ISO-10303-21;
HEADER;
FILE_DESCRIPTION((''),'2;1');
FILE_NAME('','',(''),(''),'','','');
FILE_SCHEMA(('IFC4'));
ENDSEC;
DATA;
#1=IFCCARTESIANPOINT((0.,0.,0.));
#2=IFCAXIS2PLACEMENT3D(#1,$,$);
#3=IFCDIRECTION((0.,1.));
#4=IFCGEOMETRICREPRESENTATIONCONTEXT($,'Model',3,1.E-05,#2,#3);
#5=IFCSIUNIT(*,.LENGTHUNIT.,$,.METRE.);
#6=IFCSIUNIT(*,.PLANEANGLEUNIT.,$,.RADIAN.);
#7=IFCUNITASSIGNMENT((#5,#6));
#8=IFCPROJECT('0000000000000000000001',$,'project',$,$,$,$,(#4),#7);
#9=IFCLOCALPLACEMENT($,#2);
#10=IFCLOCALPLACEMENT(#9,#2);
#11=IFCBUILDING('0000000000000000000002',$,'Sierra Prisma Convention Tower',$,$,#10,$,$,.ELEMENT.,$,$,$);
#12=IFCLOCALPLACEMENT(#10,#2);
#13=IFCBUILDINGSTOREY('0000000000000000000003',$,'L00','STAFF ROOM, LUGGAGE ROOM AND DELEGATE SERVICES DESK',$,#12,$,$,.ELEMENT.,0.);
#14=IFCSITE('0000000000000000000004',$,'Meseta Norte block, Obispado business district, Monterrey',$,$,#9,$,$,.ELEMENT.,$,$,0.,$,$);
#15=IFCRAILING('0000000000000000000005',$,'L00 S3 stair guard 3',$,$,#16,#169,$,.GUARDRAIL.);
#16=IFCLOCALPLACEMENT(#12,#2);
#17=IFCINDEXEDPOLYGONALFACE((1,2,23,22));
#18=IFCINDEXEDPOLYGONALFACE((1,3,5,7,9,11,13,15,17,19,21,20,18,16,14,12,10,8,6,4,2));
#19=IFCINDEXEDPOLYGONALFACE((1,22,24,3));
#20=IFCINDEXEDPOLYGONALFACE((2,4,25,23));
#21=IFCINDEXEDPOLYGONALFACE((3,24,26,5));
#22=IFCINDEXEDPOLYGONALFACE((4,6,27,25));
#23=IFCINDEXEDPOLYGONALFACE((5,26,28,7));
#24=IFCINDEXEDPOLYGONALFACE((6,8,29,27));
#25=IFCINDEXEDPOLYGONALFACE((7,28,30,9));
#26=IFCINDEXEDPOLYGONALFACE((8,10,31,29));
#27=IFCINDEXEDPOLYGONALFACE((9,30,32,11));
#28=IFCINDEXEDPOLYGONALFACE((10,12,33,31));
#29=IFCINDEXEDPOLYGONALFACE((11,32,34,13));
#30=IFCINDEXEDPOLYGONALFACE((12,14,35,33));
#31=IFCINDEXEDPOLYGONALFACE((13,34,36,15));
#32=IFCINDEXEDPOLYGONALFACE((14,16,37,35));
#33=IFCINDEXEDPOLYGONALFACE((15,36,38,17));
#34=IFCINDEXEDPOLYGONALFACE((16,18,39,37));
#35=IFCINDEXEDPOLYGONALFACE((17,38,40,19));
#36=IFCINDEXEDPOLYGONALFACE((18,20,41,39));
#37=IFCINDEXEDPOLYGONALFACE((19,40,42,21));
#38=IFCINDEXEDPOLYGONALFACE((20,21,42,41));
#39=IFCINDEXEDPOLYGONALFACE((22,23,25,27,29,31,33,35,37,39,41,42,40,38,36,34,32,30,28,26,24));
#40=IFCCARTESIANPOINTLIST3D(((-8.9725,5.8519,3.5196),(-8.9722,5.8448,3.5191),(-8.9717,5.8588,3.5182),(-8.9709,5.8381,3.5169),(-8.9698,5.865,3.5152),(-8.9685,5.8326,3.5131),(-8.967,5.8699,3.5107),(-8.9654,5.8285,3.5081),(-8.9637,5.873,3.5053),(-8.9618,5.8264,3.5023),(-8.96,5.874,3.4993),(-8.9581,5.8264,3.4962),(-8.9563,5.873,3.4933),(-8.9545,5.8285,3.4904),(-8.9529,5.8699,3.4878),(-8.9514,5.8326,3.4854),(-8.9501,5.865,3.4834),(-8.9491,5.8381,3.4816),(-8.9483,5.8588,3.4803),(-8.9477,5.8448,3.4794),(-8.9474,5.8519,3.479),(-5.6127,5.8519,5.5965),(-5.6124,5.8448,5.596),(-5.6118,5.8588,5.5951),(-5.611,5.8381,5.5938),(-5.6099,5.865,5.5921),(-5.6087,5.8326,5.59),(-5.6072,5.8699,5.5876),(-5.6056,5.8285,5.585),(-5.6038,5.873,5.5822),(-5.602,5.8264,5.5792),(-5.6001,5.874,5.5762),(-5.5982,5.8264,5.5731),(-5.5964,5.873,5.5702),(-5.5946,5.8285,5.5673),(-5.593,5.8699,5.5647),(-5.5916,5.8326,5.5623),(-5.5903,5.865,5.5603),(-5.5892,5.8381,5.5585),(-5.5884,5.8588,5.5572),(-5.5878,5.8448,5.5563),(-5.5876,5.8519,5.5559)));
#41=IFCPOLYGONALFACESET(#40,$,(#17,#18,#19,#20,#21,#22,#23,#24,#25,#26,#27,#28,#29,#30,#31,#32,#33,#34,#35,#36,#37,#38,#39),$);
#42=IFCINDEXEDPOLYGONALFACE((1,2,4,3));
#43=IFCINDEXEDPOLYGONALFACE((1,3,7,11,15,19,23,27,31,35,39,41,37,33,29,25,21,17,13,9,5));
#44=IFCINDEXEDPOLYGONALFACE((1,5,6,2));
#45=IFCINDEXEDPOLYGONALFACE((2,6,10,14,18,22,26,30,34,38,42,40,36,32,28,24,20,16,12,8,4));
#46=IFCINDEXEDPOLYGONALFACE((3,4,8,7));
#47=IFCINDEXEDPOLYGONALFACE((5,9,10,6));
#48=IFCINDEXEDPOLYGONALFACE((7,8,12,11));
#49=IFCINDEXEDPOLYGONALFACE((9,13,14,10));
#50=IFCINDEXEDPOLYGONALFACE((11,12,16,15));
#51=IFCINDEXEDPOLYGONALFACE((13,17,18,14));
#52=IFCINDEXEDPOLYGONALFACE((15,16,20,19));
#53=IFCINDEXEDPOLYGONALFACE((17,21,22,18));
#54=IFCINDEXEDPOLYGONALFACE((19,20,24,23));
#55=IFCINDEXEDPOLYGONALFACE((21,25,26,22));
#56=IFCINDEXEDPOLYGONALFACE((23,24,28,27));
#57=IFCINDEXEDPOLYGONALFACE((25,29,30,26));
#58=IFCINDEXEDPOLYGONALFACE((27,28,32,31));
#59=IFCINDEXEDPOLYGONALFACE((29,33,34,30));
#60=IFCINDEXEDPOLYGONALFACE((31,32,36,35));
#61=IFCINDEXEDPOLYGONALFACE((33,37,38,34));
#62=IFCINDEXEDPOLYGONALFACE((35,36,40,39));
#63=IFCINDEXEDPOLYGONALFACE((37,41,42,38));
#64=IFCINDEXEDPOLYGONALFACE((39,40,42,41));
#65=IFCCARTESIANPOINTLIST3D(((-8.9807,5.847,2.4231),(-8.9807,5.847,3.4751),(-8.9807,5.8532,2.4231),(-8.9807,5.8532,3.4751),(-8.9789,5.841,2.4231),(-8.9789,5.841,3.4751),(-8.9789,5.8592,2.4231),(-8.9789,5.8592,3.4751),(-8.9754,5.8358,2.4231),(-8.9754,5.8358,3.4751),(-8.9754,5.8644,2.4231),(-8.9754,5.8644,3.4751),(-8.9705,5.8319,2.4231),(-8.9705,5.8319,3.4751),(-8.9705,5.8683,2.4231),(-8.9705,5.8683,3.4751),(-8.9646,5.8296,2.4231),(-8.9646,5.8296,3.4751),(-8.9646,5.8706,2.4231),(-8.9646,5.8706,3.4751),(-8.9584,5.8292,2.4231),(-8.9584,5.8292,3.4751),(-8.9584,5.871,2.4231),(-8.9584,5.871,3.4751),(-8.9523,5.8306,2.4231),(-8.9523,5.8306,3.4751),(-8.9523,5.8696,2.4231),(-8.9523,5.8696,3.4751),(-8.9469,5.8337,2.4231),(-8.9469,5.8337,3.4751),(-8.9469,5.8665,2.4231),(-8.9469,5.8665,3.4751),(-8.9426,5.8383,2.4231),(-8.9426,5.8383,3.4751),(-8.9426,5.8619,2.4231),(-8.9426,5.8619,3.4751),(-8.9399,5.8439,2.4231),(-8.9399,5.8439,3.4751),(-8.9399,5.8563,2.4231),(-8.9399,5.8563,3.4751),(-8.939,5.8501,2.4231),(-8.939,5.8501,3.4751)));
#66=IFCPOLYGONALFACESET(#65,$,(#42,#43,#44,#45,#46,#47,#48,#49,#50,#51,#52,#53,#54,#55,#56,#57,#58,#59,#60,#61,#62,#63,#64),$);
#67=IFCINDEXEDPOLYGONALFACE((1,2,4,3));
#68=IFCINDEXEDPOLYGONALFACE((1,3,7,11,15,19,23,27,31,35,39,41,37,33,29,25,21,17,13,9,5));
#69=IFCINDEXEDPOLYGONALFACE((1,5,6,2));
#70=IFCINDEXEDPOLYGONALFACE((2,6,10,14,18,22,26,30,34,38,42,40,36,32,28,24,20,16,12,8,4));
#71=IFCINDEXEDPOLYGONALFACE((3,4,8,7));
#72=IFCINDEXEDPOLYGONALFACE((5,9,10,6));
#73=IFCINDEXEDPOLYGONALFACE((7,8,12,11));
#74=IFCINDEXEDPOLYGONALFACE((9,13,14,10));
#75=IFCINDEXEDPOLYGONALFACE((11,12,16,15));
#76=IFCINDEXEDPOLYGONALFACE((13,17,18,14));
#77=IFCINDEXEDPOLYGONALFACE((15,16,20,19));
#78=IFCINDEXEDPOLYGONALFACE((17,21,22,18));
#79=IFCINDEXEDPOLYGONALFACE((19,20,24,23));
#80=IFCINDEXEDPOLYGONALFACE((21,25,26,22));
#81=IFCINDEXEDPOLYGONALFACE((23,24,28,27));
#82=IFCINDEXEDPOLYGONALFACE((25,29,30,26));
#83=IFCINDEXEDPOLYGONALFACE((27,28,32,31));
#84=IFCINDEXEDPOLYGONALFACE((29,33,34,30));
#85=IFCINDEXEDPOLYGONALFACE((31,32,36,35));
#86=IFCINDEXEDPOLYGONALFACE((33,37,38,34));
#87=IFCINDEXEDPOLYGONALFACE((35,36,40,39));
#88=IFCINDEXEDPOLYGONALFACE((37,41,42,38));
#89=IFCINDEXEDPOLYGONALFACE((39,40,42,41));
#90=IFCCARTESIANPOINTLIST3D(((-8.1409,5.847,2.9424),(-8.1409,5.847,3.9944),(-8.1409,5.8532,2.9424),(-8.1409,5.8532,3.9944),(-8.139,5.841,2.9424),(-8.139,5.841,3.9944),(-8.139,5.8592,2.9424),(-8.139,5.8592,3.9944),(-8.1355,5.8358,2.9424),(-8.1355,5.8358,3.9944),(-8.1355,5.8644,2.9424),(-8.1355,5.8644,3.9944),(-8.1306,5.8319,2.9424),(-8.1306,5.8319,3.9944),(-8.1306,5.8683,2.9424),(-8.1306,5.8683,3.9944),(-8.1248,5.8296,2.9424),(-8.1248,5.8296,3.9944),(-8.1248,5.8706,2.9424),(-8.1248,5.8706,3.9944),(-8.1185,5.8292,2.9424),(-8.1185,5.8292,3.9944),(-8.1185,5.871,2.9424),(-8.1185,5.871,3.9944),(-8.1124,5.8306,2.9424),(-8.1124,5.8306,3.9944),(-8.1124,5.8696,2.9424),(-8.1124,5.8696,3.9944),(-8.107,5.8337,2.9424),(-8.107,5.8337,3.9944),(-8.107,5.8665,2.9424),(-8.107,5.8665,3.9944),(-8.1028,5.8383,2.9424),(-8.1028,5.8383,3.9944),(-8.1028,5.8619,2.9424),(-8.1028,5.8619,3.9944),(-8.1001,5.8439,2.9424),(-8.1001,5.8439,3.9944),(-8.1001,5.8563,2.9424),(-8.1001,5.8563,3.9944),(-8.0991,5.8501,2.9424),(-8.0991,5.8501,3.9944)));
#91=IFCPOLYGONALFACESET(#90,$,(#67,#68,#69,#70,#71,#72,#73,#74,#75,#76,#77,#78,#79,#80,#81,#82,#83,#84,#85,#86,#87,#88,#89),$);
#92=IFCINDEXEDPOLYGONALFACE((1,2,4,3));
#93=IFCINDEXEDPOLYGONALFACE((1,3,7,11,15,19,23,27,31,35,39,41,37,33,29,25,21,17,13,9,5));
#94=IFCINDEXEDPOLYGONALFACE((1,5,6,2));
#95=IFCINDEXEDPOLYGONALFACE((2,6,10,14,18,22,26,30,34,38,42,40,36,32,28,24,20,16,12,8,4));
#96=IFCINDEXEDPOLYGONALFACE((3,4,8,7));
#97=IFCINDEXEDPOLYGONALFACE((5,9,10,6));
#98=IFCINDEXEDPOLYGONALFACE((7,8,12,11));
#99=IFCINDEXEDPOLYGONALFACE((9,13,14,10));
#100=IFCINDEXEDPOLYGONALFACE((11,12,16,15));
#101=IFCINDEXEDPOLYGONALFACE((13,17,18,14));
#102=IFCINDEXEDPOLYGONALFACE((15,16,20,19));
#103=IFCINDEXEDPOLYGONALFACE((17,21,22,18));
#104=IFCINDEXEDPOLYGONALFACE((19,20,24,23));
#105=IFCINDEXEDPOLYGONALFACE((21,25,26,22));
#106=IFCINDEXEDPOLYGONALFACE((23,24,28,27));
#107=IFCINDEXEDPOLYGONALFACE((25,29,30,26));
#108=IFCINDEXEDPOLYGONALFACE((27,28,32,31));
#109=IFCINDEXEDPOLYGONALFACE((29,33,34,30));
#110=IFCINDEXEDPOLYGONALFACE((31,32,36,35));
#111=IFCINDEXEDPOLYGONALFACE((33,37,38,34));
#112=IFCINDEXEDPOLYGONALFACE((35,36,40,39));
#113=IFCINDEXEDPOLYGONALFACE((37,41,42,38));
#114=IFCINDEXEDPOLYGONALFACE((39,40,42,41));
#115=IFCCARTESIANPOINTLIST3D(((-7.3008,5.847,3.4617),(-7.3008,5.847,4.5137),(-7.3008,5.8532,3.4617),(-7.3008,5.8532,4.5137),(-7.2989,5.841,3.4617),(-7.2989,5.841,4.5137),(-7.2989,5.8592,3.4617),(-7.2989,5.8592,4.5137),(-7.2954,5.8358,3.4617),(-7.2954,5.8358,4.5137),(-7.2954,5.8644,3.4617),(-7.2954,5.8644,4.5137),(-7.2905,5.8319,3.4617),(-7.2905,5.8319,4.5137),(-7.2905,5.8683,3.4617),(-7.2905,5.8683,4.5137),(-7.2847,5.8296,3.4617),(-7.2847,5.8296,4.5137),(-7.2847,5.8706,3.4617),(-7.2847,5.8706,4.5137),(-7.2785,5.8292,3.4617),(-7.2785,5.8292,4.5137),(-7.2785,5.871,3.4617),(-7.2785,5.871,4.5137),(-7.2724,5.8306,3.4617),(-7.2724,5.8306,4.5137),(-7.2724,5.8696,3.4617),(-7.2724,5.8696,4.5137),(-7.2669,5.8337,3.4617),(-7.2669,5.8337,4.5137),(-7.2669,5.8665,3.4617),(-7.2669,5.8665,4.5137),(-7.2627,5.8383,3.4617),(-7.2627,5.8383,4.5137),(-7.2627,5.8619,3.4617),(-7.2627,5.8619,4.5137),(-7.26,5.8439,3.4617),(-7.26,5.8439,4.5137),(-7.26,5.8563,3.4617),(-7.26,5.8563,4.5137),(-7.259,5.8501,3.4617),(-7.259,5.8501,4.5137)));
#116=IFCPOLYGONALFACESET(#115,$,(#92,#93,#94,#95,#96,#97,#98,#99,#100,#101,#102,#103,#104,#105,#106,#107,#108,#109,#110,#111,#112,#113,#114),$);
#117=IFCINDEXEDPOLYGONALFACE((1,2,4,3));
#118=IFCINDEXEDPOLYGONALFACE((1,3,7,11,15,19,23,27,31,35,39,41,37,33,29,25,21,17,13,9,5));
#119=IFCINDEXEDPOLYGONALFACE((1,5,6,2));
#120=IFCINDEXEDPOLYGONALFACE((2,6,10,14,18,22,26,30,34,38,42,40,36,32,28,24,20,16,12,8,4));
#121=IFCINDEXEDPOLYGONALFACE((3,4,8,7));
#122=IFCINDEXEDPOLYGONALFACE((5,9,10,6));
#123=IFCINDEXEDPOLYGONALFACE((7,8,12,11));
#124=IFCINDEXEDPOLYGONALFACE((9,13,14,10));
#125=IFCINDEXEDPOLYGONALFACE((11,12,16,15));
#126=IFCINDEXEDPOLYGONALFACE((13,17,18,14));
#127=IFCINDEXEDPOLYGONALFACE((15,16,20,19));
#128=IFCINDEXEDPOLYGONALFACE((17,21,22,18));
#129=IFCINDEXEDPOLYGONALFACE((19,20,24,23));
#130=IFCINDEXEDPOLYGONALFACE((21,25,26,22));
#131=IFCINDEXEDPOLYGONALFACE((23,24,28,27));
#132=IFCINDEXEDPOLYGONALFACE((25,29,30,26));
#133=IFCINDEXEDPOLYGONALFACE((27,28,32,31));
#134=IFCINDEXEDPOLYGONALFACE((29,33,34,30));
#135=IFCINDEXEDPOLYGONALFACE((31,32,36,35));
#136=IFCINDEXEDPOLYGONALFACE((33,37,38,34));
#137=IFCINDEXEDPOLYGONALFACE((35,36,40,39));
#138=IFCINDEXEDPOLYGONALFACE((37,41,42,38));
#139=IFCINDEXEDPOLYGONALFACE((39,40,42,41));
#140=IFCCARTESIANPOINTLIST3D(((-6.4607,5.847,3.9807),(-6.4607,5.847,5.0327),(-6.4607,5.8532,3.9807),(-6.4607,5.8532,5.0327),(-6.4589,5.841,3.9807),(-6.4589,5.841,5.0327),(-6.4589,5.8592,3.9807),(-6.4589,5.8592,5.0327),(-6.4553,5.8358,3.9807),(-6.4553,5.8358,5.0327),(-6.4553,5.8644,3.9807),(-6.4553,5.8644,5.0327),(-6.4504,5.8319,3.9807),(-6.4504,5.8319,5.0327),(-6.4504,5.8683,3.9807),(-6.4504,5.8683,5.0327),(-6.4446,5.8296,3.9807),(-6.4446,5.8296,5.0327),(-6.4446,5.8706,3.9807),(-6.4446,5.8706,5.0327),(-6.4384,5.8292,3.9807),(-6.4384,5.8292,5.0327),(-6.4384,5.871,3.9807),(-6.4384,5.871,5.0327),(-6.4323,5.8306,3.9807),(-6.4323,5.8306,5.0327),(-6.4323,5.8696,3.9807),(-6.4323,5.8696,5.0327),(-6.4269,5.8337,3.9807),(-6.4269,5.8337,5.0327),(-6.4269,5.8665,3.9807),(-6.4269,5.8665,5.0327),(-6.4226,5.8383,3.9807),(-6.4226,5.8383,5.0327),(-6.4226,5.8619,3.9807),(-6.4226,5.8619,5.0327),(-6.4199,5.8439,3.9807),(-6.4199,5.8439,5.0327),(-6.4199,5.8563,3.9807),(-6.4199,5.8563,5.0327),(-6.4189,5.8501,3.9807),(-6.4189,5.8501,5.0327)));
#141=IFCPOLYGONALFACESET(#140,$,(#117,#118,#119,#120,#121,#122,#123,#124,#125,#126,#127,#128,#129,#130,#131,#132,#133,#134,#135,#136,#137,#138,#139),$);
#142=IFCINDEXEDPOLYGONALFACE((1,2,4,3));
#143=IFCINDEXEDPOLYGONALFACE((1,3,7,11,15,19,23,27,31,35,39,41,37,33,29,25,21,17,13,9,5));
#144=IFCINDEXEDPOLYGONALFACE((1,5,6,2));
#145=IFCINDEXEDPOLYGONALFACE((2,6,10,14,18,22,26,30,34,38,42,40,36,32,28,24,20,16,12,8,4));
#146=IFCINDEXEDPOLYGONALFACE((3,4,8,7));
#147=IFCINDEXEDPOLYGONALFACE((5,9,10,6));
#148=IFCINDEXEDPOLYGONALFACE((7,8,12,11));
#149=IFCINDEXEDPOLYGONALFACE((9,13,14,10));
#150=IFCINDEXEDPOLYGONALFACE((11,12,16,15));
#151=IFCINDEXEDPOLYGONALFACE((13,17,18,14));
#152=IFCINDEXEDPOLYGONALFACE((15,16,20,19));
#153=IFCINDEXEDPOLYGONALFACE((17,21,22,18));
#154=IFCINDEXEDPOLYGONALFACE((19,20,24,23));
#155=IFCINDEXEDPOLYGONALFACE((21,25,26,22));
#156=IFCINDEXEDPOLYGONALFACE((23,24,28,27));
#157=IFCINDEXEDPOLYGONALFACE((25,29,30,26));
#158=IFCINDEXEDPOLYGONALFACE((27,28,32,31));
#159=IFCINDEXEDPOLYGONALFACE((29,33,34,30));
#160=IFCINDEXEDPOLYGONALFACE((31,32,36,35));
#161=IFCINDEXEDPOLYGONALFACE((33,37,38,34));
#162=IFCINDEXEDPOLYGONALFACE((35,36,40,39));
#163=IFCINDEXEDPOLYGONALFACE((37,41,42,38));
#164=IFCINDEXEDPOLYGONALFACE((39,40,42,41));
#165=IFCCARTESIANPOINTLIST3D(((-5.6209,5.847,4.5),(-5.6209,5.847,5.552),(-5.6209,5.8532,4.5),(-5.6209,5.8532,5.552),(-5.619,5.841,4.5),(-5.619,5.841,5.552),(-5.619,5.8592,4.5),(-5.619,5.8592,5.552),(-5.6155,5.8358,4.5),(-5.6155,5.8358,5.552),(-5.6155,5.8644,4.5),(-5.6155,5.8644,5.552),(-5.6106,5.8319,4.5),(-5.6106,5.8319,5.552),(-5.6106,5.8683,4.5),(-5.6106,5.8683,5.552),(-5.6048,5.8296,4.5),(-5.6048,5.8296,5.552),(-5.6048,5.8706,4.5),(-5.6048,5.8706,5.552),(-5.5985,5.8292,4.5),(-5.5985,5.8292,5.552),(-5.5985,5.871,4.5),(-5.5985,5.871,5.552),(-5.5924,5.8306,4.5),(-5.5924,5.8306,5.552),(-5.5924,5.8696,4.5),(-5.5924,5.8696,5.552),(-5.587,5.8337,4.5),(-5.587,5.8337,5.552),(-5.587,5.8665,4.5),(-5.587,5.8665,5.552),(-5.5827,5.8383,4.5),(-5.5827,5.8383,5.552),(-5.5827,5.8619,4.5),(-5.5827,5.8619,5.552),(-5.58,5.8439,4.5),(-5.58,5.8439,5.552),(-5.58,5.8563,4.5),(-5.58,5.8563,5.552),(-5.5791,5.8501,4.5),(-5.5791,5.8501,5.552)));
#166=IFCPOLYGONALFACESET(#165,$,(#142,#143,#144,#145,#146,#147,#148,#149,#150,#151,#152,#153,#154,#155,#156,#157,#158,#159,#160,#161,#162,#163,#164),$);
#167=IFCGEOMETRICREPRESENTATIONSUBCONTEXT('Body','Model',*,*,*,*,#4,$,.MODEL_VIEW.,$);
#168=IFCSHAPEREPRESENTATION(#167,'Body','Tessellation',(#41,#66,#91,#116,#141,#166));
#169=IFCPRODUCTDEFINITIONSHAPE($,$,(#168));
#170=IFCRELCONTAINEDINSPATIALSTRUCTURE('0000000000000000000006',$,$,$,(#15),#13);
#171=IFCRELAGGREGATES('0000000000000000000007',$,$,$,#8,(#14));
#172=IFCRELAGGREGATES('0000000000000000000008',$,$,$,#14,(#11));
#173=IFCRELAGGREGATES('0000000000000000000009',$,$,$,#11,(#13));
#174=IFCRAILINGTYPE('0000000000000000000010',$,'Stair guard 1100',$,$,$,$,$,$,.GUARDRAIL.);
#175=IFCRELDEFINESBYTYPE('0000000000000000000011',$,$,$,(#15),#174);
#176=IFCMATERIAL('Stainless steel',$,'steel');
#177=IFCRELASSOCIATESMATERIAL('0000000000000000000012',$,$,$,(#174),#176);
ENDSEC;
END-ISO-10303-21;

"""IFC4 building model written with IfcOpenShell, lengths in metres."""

from ifc_helpers import new_model, si_unit, direction, frame, origin, origin_2d, place, context, subcontext, project, spatial, circle, extrude, material, type_object, element, save


model = new_model("IFC4")

# Units and contexts
model_context = context("Model", 3, precision=1e-05, world=origin(), true_north=direction((0.0, 1.0)))
body_context = subcontext(model_context, "Body", "Model", "MODEL_VIEW")
ifc_project = project(units=[si_unit("LENGTHUNIT", "METRE"), si_unit("PLANEANGLEUNIT", "RADIAN")], contexts=[model_context])

# Site, building, storey
site_placement = place(None, origin())
site = spatial("IfcSite", under=ifc_project, at=site_placement, Name="Meseta Norte block, Obispado business district, Monterrey", CompositionType="ELEMENT", RefElevation=0.0)
building_placement = place(site_placement, origin())
building = spatial("IfcBuilding", under=site, at=building_placement, Name="Sierra Prisma Convention Tower", CompositionType="ELEMENT")
storey_placement = place(building_placement, origin())
storey = spatial("IfcBuildingStorey", under=building, at=storey_placement, Name="L00", Description="STAFF ROOM, LUGGAGE ROOM AND DELEGATE SERVICES DESK", CompositionType="ELEMENT", Elevation=0.0)

# Railing
ifc_material_1 = material(Name="Stainless steel", Category="steel")
railing_type_1 = type_object("IfcRailingType", Name="Stair guard 1100", PredefinedType="GUARDRAIL", material=ifc_material_1)
railing_1_placement = place(storey_placement, frame((-8.96, 5.8501, 2.4231)))
element("IfcRailing", 1, at=railing_1_placement, inside=storey, type_object=railing_type_1, Name="L00 S3 stair guard 3", PredefinedType="GUARDRAIL", context=body_context, shape_type="SweptSolid", body=[
    extrude(circle(Radius=0.0239, at=origin_2d()), frame((0.0, 0.0, 1.0762), z_axis=(0.850606, 0.0, 0.525803), x_axis=(0.0, 1.0, 0.0)), (0.0, 0.0, 1.0), 3.95),
    extrude(circle(Radius=0.021, at=origin_2d()), origin(), (0.0, 0.0, 1.0), 1.052),
    extrude(circle(Radius=0.021, at=origin_2d()), frame((0.8398, 0.0, 0.5193)), (0.0, 0.0, 1.0), 1.052),
    extrude(circle(Radius=0.021, at=origin_2d()), frame((1.6799, 0.0, 1.0386)), (0.0, 0.0, 1.0), 1.052),
    extrude(circle(Radius=0.021, at=origin_2d()), frame((2.52, 0.0, 1.5576)), (0.0, 0.0, 1.0), 1.052),
    extrude(circle(Radius=0.021, at=origin_2d()), frame((3.3599, 0.0, 2.0769)), (0.0, 0.0, 1.0), 1.052),
])

save(model, "model.ifc")
